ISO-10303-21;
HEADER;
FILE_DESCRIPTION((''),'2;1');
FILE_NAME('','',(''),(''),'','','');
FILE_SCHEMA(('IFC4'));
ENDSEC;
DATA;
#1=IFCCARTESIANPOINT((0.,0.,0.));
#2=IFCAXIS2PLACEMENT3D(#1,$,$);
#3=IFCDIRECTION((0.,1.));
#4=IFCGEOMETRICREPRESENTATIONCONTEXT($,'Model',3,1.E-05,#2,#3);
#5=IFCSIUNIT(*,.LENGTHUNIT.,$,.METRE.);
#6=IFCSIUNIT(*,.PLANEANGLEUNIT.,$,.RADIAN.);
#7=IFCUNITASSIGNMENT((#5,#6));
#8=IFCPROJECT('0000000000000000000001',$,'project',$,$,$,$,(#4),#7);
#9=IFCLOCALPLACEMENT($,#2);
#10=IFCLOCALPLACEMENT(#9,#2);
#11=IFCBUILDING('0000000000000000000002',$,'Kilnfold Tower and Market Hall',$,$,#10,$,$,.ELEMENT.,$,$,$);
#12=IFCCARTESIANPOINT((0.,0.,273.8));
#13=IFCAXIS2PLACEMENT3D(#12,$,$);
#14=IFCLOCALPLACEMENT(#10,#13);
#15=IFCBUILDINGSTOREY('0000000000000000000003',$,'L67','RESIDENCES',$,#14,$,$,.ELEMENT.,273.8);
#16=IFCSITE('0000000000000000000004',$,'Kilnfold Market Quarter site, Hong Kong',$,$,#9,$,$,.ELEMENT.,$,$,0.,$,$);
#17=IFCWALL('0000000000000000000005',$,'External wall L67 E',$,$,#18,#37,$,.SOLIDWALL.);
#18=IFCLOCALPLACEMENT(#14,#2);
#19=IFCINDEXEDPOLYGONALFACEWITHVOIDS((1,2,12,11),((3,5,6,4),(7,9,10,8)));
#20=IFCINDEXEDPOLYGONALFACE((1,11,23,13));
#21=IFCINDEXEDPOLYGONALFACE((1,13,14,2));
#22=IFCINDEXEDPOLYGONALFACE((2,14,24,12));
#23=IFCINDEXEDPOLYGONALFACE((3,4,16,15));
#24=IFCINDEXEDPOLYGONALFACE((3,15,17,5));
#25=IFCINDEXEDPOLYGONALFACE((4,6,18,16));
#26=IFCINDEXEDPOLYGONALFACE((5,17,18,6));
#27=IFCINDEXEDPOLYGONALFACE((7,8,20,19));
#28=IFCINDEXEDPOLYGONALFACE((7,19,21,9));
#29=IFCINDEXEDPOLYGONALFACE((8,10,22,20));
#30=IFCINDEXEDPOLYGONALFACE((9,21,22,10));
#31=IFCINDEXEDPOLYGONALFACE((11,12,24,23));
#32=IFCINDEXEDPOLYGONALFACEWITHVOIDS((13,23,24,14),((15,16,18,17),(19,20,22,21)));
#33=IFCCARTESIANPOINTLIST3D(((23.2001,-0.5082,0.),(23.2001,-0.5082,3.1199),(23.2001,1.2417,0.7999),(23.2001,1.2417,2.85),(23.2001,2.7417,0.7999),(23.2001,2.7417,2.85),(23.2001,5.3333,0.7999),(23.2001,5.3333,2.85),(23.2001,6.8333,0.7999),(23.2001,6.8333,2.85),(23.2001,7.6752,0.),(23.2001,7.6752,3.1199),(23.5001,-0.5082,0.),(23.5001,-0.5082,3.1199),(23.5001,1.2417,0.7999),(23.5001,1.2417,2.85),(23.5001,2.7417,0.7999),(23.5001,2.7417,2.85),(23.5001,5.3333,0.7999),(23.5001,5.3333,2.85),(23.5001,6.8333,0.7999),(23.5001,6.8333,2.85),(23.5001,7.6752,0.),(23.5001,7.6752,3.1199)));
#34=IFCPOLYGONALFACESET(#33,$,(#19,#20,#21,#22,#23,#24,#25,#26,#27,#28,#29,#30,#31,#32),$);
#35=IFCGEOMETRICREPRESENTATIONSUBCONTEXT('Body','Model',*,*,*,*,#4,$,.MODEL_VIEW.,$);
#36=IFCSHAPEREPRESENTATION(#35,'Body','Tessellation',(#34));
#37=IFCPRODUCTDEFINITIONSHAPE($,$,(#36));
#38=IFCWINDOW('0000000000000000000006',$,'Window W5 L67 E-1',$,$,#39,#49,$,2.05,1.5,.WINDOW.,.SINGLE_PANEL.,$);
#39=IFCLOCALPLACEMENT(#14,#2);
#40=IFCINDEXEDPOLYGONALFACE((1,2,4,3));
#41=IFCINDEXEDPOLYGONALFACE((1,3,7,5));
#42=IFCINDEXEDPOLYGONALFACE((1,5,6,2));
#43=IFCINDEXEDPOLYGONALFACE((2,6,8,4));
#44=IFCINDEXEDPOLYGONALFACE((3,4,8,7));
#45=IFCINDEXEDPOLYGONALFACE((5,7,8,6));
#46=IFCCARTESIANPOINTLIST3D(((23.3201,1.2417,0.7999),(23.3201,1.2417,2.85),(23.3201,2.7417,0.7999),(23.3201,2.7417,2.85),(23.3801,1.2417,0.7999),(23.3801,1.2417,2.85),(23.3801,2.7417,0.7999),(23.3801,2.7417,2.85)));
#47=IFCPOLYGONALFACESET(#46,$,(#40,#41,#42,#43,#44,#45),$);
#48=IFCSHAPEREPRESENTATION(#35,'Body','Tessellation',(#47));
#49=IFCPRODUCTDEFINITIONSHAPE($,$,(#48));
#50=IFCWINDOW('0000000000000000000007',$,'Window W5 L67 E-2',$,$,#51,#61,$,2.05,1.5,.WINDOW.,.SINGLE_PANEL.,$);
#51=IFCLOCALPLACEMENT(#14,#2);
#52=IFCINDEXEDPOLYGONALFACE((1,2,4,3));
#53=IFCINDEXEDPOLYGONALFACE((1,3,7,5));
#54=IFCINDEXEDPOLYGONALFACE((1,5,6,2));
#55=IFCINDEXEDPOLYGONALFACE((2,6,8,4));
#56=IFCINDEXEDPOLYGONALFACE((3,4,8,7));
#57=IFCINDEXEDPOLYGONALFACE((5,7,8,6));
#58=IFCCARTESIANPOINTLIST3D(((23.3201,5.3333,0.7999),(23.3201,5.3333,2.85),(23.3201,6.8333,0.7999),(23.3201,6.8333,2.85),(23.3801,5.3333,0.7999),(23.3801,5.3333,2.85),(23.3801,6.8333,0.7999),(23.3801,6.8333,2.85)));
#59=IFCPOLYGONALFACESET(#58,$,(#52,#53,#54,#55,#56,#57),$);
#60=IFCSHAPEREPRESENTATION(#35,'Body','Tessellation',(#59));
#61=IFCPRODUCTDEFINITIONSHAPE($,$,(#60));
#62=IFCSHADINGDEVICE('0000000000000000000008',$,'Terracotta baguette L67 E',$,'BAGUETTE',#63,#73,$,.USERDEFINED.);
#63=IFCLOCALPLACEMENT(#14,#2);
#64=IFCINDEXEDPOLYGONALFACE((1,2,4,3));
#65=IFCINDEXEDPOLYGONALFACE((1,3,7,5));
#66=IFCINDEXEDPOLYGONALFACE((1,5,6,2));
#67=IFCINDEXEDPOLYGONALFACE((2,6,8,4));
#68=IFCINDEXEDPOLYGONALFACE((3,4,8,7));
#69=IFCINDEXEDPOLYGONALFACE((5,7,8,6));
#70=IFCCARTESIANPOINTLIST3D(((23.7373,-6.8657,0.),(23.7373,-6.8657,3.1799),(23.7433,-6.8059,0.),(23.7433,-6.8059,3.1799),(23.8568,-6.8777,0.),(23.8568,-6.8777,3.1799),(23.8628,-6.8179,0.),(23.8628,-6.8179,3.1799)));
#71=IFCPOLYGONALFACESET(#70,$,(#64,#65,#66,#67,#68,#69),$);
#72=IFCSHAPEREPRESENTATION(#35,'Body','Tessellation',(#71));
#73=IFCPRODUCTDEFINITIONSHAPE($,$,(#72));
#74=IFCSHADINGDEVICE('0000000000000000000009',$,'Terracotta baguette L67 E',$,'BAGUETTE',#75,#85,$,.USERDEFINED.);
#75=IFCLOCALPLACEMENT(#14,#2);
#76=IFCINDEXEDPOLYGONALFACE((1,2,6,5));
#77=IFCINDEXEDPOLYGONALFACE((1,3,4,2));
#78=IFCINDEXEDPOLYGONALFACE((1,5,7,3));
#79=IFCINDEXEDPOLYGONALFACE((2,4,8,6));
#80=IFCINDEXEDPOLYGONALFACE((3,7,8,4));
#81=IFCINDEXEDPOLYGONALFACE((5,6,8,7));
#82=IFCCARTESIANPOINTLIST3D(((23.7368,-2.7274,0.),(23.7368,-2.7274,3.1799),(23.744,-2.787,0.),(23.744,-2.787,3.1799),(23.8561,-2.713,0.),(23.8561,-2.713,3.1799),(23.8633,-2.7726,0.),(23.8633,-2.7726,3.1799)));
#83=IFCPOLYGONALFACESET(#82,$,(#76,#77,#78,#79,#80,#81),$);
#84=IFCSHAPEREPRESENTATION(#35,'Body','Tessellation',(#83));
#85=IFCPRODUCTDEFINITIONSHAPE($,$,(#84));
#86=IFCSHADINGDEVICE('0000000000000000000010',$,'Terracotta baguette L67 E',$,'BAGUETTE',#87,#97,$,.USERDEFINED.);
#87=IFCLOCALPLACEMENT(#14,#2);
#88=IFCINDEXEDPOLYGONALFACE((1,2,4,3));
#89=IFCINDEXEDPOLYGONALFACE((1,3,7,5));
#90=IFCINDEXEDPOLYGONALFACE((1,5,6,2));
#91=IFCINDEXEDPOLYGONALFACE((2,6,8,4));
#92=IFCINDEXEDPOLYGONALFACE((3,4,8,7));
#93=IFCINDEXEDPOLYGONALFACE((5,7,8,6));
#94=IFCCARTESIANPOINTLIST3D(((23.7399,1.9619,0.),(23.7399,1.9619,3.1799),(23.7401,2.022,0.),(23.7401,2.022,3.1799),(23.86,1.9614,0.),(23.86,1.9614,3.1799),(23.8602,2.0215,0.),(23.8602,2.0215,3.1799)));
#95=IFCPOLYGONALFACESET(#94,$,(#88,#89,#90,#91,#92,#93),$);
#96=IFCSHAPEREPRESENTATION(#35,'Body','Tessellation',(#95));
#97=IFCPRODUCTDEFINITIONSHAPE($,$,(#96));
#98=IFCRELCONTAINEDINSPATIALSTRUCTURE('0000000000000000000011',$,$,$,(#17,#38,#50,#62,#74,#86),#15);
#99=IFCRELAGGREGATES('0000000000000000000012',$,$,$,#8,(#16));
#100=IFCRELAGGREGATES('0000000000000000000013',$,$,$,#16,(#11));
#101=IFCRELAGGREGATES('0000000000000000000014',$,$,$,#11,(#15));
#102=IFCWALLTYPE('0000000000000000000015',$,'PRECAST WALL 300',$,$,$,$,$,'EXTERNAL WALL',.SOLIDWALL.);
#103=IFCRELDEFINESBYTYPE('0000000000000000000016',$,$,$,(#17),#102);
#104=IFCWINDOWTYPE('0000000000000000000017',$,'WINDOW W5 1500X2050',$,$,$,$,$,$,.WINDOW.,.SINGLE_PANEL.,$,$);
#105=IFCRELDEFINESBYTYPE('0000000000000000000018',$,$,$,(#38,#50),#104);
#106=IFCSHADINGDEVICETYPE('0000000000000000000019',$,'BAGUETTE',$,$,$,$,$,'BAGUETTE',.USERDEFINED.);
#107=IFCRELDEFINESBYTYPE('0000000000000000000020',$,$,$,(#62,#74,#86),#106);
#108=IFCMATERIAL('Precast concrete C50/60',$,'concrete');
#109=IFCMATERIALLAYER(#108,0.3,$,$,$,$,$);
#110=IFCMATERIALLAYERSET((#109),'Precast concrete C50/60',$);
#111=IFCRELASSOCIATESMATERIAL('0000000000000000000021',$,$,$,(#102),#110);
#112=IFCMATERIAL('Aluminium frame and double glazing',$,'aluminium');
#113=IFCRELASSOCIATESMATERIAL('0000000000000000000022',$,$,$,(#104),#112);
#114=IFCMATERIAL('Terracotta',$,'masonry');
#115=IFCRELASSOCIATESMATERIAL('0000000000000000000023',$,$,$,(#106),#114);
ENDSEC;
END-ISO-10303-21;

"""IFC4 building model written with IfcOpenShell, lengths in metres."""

from ifc_helpers import new_model, si_unit, direction, frame, frame_2d, origin, origin_2d, place, context, subcontext, project, spatial, rectangle, extrude, source, transform, mapped, material, layer, layer_set, material_profile, profile_set, type_object, element, fill, save


model = new_model("IFC4")

# Units and contexts
model_context = context("Model", 3, precision=1e-05, world=origin(), true_north=direction((0.0, 1.0)))
body_context = subcontext(model_context, "Body", "Model", "MODEL_VIEW")
ifc_project = project(units=[si_unit("LENGTHUNIT", "METRE"), si_unit("PLANEANGLEUNIT", "RADIAN")], contexts=[model_context])

# Site, building, storey
site_placement = place(None, origin())
site = spatial("IfcSite", under=ifc_project, at=site_placement, Name="Kilnfold Market Quarter site, Hong Kong", CompositionType="ELEMENT", RefElevation=0.0)
building_placement = place(site_placement, origin())
building = spatial("IfcBuilding", under=site, at=building_placement, Name="Kilnfold Tower and Market Hall", CompositionType="ELEMENT")
storey_placement = place(building_placement, frame((0.0, 0.0, 273.8)))
storey = spatial("IfcBuildingStorey", under=building, at=storey_placement, Name="L67", Description="RESIDENCES", CompositionType="ELEMENT", Elevation=273.8)

# Shared definitions
ifc_material_1 = material(Name="Precast concrete C50/60", Category="concrete")
ifc_layer_1 = layer(ifc_material_1, 0.3)
ifc_layer_set_1 = layer_set([ifc_layer_1], Name="Precast concrete C50/60")
wall_type_1 = type_object("IfcWallType", Name="PRECAST WALL 300", ElementType="EXTERNAL WALL", PredefinedType="SOLIDWALL", material=ifc_layer_set_1)
ifc_material_2 = material(Name="Aluminium frame and double glazing", Category="aluminium")
window_type = type_object("IfcWindowType", Name="WINDOW W5 1500X2050", PartitioningType="SINGLE_PANEL", PredefinedType="WINDOW", material=ifc_material_2)

# Wall, openings, windows
shared_shape_1 = source(origin(), body_context, "Body", "SweptSolid", [
    extrude(rectangle(XDim=8.1833, YDim=0.3, at=frame_2d((4.0918, 0.0))), origin(), (0.0, 0.0, 1.0), 3.1199),
])
wall_1_placement = place(storey_placement, frame((23.3501, -0.5083, 0.0), z_axis=(0.0, 0.0, 1.0), x_axis=(0.0, 1.0, 0.0)))
wall_1 = element("IfcWall", 1, at=wall_1_placement, inside=storey, type_object=wall_type_1, Name="External wall L67 E", PredefinedType="SOLIDWALL", context=body_context, shape_type="MappedRepresentation", body=[
    mapped(shared_shape_1, transform((0.0, 0.0, 0.0))),
])
opening_1_placement = place(wall_1_placement, frame((1.75, 0.0, 0.8)))
opening_1 = element("IfcOpeningElement", 2, at=opening_1_placement, cuts=wall_1, PredefinedType="OPENING", context=body_context, shape_type="SweptSolid", body=[
    extrude(rectangle(XDim=1.5, YDim=2.05, at=frame_2d((0.75, 1.0249))), frame((0.0, 0.1602, 0.0), z_axis=(0.0, -1.0, 0.0), x_axis=(1.0, 0.0, 0.0)), (0.0, 0.0, 1.0), 0.3201),
])
opening_2_placement = place(wall_1_placement, frame((5.8416, 0.0, 0.8)))
opening_2 = element("IfcOpeningElement", 3, at=opening_2_placement, cuts=wall_1, PredefinedType="OPENING", context=body_context, shape_type="SweptSolid", body=[
    extrude(rectangle(XDim=1.5, YDim=2.05, at=frame_2d((0.75, 1.0249))), frame((0.0, 0.1602, 0.0), z_axis=(0.0, -1.0, 0.0), x_axis=(1.0, 0.0, 0.0)), (0.0, 0.0, 1.0), 0.3201),
])
window_1_placement = place(opening_1_placement, origin())
window_1 = element("IfcWindow", 4, at=window_1_placement, inside=storey, type_object=window_type, Name="Window W5 L67 E-1", OverallHeight=2.05, OverallWidth=1.5, PartitioningType="SINGLE_PANEL", PredefinedType="WINDOW", context=body_context, shape_type="SweptSolid", body=[
    extrude(rectangle(XDim=1.5, YDim=2.05, at=frame_2d((0.75, 1.0249))), frame((0.0, 0.03, 0.0), z_axis=(0.0, -1.0, 0.0), x_axis=(1.0, 0.0, 0.0)), (0.0, 0.0, 1.0), 0.0601),
])
fill(opening_1, window_1)
window_2_placement = place(opening_2_placement, origin())
window_2 = element("IfcWindow", 5, at=window_2_placement, inside=storey, type_object=window_type, Name="Window W5 L67 E-2", OverallHeight=2.05, OverallWidth=1.5, PartitioningType="SINGLE_PANEL", PredefinedType="WINDOW", context=body_context, shape_type="SweptSolid", body=[
    extrude(rectangle(XDim=1.5, YDim=2.05, at=frame_2d((0.75, 1.0249))), frame((0.0, 0.03, 0.0), z_axis=(0.0, -1.0, 0.0), x_axis=(1.0, 0.0, 0.0)), (0.0, 0.0, 1.0), 0.0601),
])
fill(opening_2, window_2)

# Shading devices
ifc_material_3 = material(Name="Terracotta", Category="masonry")
ifc_material_profile_1 = material_profile(ifc_material_3, rectangle(XDim=0.0601, YDim=0.1201, at=origin_2d()), Name="BAG 60x120")
ifc_profile_set_1 = profile_set([ifc_material_profile_1], Name="Terracotta")
shading_device_type = type_object("IfcShadingDeviceType", Name="BAGUETTE", ElementType="BAGUETTE", PredefinedType="USERDEFINED", material=ifc_profile_set_1)
shared_shape_2 = source(origin(), body_context, "Body", "SweptSolid", [
    extrude(rectangle(XDim=0.0601, YDim=0.1201, at=origin_2d()), origin(), (0.0, 0.0, 1.0), 3.1799),
])
for number, where, z_axis, x_axis, name in (
    (6, (23.8, -6.8418, 0.0), (0.0, 0.0, 1.0), (0.09962, 0.995026, 0.0), "Terracotta baguette L67 E"),
    (7, (23.8, -2.75, 0.0), (0.0, 0.0, 1.0), (-0.120139, 0.992757, 0.0), "Terracotta baguette L67 E"),
    (8, (23.8, 1.9917, 0.0), (0.0, 0.0, 1.0), (0.003725, 0.999993, 0.0), "Terracotta baguette L67 E"),
):
    element("IfcShadingDevice", number, at=place(storey_placement, frame(where, z_axis=z_axis, x_axis=x_axis)), inside=storey, type_object=shading_device_type, Name=name, ObjectType="BAGUETTE", PredefinedType="USERDEFINED", context=body_context, shape_type="MappedRepresentation", body=[
        mapped(shared_shape_2, transform((0.0, 0.0, 0.0))),
    ])

save(model, "model.ifc")
